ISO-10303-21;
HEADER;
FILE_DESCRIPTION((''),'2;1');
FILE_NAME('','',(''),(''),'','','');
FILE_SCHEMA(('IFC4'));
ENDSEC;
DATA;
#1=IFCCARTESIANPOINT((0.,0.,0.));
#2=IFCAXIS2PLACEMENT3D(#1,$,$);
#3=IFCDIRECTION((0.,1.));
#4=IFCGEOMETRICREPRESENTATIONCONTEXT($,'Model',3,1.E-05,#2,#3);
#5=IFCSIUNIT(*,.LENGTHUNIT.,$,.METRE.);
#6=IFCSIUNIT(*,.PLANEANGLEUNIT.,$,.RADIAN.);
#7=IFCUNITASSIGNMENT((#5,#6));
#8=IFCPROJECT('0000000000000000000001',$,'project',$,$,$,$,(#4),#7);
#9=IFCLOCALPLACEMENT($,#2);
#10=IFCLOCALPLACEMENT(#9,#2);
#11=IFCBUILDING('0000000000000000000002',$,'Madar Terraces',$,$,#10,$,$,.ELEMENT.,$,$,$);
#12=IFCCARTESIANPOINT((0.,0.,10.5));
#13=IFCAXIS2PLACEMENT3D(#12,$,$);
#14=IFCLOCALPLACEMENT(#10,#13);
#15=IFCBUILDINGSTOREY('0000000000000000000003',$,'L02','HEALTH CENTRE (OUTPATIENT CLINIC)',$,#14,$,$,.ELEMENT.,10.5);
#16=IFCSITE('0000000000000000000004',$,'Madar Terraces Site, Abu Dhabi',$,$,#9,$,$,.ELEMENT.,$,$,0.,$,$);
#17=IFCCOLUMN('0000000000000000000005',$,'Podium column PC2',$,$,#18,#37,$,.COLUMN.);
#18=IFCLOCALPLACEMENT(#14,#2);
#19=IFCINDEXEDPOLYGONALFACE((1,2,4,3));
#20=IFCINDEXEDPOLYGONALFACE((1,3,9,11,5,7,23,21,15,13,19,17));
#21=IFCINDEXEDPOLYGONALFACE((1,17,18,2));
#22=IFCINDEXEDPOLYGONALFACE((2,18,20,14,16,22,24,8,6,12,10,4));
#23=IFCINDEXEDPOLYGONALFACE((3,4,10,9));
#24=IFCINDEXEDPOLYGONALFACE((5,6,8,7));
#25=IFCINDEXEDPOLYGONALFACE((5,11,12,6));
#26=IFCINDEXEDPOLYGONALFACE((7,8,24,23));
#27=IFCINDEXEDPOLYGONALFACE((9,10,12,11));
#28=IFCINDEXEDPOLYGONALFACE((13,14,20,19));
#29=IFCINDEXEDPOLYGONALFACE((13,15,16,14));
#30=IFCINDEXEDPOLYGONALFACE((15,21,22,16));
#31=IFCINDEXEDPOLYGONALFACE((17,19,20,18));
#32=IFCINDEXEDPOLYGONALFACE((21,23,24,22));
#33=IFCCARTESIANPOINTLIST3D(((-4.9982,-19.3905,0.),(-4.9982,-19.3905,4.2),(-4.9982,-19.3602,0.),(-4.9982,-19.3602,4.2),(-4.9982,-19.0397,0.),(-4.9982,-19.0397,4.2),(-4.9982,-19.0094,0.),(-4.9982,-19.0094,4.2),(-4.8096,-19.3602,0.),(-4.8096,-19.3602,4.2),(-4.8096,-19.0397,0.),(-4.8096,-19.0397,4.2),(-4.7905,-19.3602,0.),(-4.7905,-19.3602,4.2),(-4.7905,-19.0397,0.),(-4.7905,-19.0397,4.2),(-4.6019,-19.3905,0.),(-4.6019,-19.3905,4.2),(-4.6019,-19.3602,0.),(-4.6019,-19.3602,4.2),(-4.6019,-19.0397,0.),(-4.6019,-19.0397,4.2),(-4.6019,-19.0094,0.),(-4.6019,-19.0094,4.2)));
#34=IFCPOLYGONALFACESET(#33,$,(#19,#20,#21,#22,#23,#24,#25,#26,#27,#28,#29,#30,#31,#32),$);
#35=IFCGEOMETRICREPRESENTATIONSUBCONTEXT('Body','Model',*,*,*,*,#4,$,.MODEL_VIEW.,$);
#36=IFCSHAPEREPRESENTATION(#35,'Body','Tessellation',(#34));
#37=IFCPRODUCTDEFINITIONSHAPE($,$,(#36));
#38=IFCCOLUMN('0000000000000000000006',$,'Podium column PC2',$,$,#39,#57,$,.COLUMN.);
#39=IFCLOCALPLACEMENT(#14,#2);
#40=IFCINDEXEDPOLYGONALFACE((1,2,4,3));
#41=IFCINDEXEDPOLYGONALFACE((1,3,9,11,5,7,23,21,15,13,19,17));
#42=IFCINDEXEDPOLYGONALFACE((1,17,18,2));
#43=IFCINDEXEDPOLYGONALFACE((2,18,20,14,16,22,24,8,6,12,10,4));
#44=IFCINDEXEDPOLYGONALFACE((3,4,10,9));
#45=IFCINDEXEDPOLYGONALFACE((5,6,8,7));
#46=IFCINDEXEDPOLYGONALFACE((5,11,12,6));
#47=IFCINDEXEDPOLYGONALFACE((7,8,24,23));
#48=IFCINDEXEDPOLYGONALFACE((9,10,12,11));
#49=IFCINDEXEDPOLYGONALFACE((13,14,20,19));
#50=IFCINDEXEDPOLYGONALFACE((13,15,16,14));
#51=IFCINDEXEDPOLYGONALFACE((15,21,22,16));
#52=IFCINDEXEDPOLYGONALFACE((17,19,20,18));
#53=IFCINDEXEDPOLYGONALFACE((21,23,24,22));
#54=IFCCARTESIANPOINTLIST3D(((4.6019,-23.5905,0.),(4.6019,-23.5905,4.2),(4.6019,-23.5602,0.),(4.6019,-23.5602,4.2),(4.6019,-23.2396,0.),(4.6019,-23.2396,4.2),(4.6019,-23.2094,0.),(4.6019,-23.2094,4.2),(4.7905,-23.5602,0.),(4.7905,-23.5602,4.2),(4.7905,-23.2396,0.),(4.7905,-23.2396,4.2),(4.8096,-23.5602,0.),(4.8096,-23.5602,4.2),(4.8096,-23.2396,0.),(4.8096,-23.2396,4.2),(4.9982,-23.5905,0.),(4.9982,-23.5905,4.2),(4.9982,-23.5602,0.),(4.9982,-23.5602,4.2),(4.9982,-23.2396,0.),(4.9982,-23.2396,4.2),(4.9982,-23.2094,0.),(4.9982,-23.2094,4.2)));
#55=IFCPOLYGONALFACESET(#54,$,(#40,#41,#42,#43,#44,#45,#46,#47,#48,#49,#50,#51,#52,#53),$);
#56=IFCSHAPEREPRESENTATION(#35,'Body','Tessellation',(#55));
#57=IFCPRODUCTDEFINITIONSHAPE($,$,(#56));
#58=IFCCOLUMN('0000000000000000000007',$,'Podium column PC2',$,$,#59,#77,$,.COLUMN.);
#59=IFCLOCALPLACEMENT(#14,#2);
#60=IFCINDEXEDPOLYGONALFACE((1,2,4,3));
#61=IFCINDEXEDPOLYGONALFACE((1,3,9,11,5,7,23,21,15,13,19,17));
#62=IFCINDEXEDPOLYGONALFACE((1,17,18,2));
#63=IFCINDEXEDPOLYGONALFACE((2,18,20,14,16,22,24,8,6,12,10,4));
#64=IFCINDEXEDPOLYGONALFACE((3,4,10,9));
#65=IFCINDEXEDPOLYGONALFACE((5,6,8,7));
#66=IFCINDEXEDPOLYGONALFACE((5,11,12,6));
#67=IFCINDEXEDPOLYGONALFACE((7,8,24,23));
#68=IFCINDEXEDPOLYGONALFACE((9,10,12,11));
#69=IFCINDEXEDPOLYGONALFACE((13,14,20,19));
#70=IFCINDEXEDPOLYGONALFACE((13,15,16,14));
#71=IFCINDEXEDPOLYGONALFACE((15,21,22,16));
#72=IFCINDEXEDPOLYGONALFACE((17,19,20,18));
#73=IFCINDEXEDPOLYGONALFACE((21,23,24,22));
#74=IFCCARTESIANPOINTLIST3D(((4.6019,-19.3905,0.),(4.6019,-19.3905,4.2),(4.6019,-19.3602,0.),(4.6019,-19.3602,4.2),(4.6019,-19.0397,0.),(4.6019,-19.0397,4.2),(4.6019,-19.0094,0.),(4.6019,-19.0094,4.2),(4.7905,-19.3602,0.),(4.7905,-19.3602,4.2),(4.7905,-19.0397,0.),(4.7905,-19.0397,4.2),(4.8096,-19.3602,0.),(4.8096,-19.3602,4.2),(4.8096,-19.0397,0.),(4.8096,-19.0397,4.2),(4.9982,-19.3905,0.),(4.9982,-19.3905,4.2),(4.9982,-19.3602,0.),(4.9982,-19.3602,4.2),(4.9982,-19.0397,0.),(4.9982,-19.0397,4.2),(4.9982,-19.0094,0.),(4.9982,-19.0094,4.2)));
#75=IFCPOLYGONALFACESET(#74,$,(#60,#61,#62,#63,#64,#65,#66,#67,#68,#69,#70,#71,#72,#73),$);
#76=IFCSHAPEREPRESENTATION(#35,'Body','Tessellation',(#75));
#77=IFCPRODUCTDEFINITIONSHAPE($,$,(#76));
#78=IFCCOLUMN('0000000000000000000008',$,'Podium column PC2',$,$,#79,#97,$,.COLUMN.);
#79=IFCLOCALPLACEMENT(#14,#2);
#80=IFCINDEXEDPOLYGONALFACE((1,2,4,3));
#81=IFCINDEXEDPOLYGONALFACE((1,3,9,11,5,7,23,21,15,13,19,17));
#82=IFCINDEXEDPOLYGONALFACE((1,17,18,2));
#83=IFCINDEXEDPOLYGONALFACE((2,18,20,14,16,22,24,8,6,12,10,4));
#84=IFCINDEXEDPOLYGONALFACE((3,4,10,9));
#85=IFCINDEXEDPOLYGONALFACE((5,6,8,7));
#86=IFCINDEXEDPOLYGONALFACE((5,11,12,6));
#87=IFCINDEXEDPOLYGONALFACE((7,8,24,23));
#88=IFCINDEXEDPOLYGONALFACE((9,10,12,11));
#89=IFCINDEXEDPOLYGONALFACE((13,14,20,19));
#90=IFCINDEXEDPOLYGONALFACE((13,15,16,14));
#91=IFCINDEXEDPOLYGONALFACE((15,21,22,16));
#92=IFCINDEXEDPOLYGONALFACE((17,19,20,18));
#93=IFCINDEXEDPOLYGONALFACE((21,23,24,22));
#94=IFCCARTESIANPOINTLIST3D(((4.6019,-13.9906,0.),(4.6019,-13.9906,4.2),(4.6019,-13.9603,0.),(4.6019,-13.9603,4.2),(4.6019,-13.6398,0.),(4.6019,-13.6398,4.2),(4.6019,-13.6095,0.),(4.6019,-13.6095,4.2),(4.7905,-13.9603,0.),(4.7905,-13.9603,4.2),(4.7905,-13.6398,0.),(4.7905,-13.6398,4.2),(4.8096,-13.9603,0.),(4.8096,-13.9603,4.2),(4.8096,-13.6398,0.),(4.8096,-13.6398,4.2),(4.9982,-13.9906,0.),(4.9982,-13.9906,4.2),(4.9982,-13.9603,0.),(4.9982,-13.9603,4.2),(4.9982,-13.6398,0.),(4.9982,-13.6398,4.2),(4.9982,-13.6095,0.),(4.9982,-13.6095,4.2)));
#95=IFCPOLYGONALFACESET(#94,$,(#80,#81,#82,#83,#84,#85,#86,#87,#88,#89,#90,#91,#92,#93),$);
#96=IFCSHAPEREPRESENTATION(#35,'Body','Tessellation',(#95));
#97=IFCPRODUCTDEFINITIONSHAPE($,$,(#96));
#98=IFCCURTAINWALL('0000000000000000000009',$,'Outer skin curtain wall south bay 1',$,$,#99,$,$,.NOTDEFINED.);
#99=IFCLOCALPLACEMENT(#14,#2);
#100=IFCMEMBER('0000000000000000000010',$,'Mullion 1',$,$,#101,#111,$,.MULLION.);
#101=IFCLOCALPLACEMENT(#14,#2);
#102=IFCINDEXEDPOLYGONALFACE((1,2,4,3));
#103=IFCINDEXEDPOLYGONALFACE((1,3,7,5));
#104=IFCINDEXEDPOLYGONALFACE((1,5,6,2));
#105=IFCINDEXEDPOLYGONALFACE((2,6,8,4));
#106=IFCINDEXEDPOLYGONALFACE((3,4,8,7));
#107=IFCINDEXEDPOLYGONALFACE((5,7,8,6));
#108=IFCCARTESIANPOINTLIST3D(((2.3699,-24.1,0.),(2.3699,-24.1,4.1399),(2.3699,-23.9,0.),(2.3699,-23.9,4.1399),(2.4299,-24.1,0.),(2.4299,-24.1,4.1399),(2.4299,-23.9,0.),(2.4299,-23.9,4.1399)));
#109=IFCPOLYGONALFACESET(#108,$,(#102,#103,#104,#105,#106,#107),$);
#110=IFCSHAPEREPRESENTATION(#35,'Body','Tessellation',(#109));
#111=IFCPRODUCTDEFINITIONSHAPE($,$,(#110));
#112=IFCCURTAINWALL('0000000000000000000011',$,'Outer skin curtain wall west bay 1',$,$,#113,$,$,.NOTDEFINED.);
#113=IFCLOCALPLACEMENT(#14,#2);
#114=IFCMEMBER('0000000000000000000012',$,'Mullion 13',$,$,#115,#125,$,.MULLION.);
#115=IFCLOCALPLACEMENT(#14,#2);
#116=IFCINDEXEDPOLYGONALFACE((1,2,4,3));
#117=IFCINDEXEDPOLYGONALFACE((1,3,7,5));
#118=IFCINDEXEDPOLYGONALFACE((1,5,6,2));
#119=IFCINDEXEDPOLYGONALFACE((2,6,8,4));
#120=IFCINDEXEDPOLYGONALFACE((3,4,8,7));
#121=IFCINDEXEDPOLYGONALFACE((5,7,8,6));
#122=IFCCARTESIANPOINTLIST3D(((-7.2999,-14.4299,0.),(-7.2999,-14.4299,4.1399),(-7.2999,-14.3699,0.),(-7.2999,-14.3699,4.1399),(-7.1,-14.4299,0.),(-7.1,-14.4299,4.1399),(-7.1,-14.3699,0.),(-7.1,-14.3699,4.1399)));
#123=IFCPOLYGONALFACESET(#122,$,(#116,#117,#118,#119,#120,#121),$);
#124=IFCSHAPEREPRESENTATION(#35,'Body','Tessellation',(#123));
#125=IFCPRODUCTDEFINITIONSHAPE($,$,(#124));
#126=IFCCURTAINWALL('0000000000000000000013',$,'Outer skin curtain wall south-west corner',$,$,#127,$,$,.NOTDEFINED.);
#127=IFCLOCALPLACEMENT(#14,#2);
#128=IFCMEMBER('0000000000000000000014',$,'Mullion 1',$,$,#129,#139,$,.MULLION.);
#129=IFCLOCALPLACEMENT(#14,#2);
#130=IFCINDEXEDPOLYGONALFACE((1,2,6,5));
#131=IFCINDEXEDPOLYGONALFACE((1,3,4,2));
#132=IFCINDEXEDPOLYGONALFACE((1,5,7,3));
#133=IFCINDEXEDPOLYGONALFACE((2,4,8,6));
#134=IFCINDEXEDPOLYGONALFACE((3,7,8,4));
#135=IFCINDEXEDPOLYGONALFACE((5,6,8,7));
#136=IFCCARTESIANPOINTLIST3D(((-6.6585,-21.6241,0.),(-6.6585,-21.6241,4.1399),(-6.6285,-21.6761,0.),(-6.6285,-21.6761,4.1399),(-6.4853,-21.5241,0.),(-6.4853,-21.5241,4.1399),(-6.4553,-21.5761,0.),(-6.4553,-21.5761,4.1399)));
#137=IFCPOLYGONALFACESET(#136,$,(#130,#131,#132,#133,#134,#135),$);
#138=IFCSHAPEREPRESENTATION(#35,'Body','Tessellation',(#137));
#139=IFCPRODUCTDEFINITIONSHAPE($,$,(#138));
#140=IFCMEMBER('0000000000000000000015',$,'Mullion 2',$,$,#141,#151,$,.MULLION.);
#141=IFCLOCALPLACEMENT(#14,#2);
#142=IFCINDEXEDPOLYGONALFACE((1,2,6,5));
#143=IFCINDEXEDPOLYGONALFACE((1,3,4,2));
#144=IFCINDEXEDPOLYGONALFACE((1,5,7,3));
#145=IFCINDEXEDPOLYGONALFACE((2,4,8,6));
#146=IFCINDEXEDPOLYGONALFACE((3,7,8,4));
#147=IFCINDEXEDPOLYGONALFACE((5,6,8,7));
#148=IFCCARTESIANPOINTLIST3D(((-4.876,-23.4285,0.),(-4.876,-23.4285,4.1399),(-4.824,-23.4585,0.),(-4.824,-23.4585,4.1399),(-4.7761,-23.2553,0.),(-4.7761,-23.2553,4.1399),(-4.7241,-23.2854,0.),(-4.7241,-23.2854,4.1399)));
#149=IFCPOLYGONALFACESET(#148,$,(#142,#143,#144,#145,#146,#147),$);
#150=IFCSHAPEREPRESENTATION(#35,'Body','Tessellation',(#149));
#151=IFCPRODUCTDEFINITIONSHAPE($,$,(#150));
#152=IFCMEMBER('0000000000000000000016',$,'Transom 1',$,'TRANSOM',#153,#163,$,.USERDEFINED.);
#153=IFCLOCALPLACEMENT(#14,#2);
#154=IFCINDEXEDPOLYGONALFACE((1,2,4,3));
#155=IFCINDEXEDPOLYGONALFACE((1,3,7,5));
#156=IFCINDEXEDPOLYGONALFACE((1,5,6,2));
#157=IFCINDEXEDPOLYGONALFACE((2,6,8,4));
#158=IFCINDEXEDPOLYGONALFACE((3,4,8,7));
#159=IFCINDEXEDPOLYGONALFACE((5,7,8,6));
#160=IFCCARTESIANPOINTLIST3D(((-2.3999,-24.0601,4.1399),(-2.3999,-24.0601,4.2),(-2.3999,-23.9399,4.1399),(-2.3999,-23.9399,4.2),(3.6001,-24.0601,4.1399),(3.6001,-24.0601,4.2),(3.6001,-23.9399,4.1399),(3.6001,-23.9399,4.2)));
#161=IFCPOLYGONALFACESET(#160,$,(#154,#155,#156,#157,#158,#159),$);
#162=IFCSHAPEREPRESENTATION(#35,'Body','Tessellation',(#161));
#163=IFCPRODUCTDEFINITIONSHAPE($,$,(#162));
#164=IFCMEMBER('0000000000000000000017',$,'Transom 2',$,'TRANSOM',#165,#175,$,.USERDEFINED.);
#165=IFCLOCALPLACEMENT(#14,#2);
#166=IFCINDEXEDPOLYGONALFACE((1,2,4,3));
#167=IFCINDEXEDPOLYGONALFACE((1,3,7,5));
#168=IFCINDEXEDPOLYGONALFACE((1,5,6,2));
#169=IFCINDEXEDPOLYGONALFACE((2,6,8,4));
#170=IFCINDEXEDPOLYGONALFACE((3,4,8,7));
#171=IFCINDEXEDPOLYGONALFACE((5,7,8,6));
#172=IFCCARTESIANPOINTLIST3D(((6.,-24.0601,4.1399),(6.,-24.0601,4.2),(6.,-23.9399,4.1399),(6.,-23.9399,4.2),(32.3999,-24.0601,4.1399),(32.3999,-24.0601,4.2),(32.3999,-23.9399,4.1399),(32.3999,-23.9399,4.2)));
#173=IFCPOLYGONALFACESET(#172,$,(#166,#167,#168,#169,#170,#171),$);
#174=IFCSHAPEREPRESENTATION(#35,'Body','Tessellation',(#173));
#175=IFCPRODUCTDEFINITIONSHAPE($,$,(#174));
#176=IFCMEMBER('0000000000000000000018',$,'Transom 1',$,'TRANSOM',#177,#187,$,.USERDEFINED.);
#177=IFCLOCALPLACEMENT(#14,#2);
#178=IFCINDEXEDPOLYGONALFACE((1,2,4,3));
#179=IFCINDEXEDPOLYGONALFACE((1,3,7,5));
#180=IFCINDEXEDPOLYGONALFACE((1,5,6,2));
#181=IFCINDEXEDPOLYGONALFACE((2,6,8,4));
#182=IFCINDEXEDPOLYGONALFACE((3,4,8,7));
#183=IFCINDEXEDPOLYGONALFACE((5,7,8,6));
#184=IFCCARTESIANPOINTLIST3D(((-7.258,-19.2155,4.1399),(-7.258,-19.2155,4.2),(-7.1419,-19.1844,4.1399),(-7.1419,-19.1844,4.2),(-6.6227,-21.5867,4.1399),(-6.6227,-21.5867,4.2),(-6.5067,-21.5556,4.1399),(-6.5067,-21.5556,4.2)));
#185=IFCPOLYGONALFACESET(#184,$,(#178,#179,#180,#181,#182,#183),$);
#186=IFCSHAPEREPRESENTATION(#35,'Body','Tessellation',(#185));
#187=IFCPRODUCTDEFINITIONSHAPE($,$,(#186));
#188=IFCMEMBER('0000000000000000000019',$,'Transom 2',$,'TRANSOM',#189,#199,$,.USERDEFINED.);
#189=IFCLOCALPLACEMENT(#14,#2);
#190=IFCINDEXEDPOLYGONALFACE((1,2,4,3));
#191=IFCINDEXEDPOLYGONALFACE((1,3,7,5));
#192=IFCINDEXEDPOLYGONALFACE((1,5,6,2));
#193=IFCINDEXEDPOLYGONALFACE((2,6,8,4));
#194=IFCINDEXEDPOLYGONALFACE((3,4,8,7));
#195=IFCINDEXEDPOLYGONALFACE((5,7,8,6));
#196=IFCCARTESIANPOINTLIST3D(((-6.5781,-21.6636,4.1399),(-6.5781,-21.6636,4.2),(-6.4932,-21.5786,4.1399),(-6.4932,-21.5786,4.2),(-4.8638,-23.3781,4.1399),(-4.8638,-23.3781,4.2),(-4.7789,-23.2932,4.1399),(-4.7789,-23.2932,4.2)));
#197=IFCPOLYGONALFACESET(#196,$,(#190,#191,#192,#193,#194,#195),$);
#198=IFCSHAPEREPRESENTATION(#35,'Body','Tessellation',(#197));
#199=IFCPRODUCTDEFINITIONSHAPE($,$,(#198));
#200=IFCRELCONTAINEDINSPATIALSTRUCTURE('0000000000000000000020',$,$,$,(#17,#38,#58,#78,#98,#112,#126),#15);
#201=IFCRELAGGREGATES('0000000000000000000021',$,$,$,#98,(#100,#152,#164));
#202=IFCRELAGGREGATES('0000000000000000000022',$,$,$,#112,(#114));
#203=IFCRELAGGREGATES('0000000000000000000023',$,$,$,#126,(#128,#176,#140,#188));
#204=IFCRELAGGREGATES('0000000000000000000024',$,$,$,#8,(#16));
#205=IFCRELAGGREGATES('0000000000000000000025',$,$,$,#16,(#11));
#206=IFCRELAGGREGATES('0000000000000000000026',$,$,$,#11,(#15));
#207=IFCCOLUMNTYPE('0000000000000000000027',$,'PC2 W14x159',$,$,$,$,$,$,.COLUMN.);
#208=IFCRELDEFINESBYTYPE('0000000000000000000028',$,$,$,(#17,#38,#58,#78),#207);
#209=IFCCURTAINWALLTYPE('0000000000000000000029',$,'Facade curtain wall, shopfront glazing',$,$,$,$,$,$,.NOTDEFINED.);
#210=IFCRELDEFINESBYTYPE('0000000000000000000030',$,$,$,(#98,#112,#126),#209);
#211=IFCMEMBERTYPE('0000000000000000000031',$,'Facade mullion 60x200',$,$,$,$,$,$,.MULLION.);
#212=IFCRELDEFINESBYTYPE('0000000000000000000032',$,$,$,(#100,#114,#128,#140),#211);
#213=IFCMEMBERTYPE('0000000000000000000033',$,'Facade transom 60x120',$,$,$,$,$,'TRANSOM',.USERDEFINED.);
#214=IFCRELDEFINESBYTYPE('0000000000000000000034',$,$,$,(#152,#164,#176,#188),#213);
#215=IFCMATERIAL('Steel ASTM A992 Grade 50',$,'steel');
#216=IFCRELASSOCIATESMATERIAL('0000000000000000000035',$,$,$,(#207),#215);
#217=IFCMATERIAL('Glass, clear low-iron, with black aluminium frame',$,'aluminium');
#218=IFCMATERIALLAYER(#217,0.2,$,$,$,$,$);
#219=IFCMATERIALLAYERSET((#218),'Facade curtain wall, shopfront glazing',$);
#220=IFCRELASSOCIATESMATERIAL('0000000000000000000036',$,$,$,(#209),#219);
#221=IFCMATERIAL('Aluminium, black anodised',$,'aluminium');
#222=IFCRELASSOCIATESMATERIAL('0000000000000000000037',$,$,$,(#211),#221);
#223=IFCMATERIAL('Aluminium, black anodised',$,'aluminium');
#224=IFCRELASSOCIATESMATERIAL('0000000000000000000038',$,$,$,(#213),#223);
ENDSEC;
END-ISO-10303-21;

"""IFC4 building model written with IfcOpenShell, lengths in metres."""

from ifc_helpers import new_model, si_unit, direction, frame, origin, origin_2d, place, context, subcontext, project, spatial, rectangle, i_section, extrude, material, layer, layer_set, material_profile, profile_set, type_object, element, aggregate, save


model = new_model("IFC4")

# Units and contexts
model_context = context("Model", 3, precision=1e-05, world=origin(), true_north=direction((0.0, 1.0)))
body_context = subcontext(model_context, "Body", "Model", "MODEL_VIEW")
ifc_project = project(units=[si_unit("LENGTHUNIT", "METRE"), si_unit("PLANEANGLEUNIT", "RADIAN")], contexts=[model_context])

# Site, building, storey
site_placement = place(None, origin())
site = spatial("IfcSite", under=ifc_project, at=site_placement, Name="Madar Terraces Site, Abu Dhabi", CompositionType="ELEMENT", RefElevation=0.0)
building_placement = place(site_placement, origin())
building = spatial("IfcBuilding", under=site, at=building_placement, Name="Madar Terraces", CompositionType="ELEMENT")
storey_placement = place(building_placement, frame((0.0, 0.0, 10.5)))
storey = spatial("IfcBuildingStorey", under=building, at=storey_placement, Name="L02", Description="HEALTH CENTRE (OUTPATIENT CLINIC)", CompositionType="ELEMENT", Elevation=10.5)

# Columns
ifc_material_1 = material(Name="Steel ASTM A992 Grade 50", Category="steel")
ifc_material_profile_1 = material_profile(ifc_material_1, i_section(OverallWidth=0.3962, OverallDepth=0.3811, WebThickness=0.019, FlangeThickness=0.0303, at=origin_2d()), Name="W14x159")
ifc_profile_set_1 = profile_set([ifc_material_profile_1], Name="Steel ASTM A992 Grade 50")
column_type = type_object("IfcColumnType", Name="PC2 W14x159", PredefinedType="COLUMN", material=ifc_profile_set_1)
for number, where, z_axis, x_axis, name in (
    (1, (-4.8, -19.2, 0.0), (0.0, 0.0, 1.0), (1.0, 0.0, 0.0), "Podium column PC2"),
    (2, (4.8, -23.3999, 0.0), (0.0, 0.0, 1.0), (1.0, 0.0, 0.0), "Podium column PC2"),
    (3, (4.8, -19.2, 0.0), (0.0, 0.0, 1.0), (1.0, 0.0, 0.0), "Podium column PC2"),
    (4, (4.8, -13.8, 0.0), (0.0, 0.0, 1.0), (1.0, 0.0, 0.0), "Podium column PC2"),
):
    element("IfcColumn", number, at=place(storey_placement, frame(where, z_axis=z_axis, x_axis=x_axis)), inside=storey, type_object=column_type, Name=name, PredefinedType="COLUMN", context=body_context, shape_type="SweptSolid", body=[
        extrude(i_section(OverallWidth=0.3962, OverallDepth=0.3811, WebThickness=0.019, FlangeThickness=0.0303, at=origin_2d()), origin(), (0.0, 0.0, 1.0), 4.2),
    ])

# Curtain walls, members
ifc_material_2 = material(Name="Glass, clear low-iron, with black aluminium frame", Category="aluminium")
ifc_layer_1 = layer(ifc_material_2, 0.2)
ifc_layer_set_1 = layer_set([ifc_layer_1], Name="Facade curtain wall, shopfront glazing")
curtain_wall_type = type_object("IfcCurtainWallType", Name="Facade curtain wall, shopfront glazing", PredefinedType="NOTDEFINED", material=ifc_layer_set_1)
curtain_wall_1_placement = place(storey_placement, origin())
curtain_wall_1 = element("IfcCurtainWall", 5, at=curtain_wall_1_placement, inside=storey, type_object=curtain_wall_type, Name="Outer skin curtain wall south bay 1", PredefinedType="NOTDEFINED")
ifc_material_3 = material(Name="Aluminium, black anodised", Category="aluminium")
ifc_material_profile_2 = material_profile(ifc_material_3, rectangle(XDim=0.2, YDim=0.0601, at=origin_2d()), Name="Facade mullion 60x200")
ifc_profile_set_2 = profile_set([ifc_material_profile_2], Name="Aluminium, black anodised")
member_type_1 = type_object("IfcMemberType", Name="Facade mullion 60x200", PredefinedType="MULLION", material=ifc_profile_set_2)
member_1_placement = place(storey_placement, frame((2.3999, -24.0, 0.0), z_axis=(0.0, 0.0, 1.0), x_axis=(0.0, 1.0, 0.0)))
member_1 = element("IfcMember", 6, at=member_1_placement, type_object=member_type_1, Name="Mullion 1", PredefinedType="MULLION", context=body_context, shape_type="SweptSolid", body=[
    extrude(rectangle(XDim=0.2, YDim=0.0601, at=origin_2d()), origin(), (0.0, 0.0, 1.0), 4.1399),
])
curtain_wall_2_placement = place(storey_placement, origin())
curtain_wall_2 = element("IfcCurtainWall", 7, at=curtain_wall_2_placement, inside=storey, type_object=curtain_wall_type, Name="Outer skin curtain wall west bay 1", PredefinedType="NOTDEFINED")
member_2_placement = place(storey_placement, frame((-7.2, -14.3999, 0.0), z_axis=(0.0, 0.0, 1.0), x_axis=(1.0, 0.0, 0.0)))
member_2 = element("IfcMember", 8, at=member_2_placement, type_object=member_type_1, Name="Mullion 13", PredefinedType="MULLION", context=body_context, shape_type="SweptSolid", body=[
    extrude(rectangle(XDim=0.2, YDim=0.0601, at=origin_2d()), origin(), (0.0, 0.0, 1.0), 4.1399),
])

# Curtain wall, members
curtain_wall_3_placement = place(storey_placement, origin())
curtain_wall_3 = element("IfcCurtainWall", 9, at=curtain_wall_3_placement, inside=storey, type_object=curtain_wall_type, Name="Outer skin curtain wall south-west corner", PredefinedType="NOTDEFINED")
member_3_placement = place(storey_placement, frame((-6.5569, -21.6001, 0.0), z_axis=(0.0, 0.0, 1.0), x_axis=(0.866025, 0.5, 0.0)))
member_3 = element("IfcMember", 10, at=member_3_placement, type_object=member_type_1, Name="Mullion 1", PredefinedType="MULLION", context=body_context, shape_type="SweptSolid", body=[
    extrude(rectangle(XDim=0.2, YDim=0.0601, at=origin_2d()), origin(), (0.0, 0.0, 1.0), 4.1399),
])
member_4_placement = place(storey_placement, frame((-4.8, -23.3569, 0.0), z_axis=(0.0, 0.0, 1.0), x_axis=(0.5, 0.866025, 0.0)))
member_4 = element("IfcMember", 11, at=member_4_placement, type_object=member_type_1, Name="Mullion 2", PredefinedType="MULLION", context=body_context, shape_type="SweptSolid", body=[
    extrude(rectangle(XDim=0.2, YDim=0.0601, at=origin_2d()), origin(), (0.0, 0.0, 1.0), 4.1399),
])

# Members
ifc_material_4 = material(Name="Aluminium, black anodised", Category="aluminium")
ifc_material_profile_3 = material_profile(ifc_material_4, rectangle(XDim=0.1201, YDim=0.0601, at=origin_2d()), Name="Facade transom 60x120")
ifc_profile_set_3 = profile_set([ifc_material_profile_3], Name="Aluminium, black anodised")
member_type_2 = type_object("IfcMemberType", Name="Facade transom 60x120", ElementType="TRANSOM", PredefinedType="USERDEFINED", material=ifc_profile_set_3)
member_5_placement = place(storey_placement, frame((-2.3999, -24.0, 4.1699), z_axis=(1.0, 0.0, 0.0), x_axis=(0.0, 1.0, 0.0)))
member_5 = element("IfcMember", 12, at=member_5_placement, type_object=member_type_2, Name="Transom 1", ObjectType="TRANSOM", PredefinedType="USERDEFINED", context=body_context, shape_type="SweptSolid", body=[
    extrude(rectangle(XDim=0.1201, YDim=0.0601, at=origin_2d()), origin(), (0.0, 0.0, 1.0), 6.0),
])
member_6_placement = place(storey_placement, frame((6.0, -24.0, 4.1699), z_axis=(1.0, 0.0, 0.0), x_axis=(0.0, 1.0, 0.0)))
member_6 = element("IfcMember", 13, at=member_6_placement, type_object=member_type_2, Name="Transom 2", ObjectType="TRANSOM", PredefinedType="USERDEFINED", context=body_context, shape_type="SweptSolid", body=[
    extrude(rectangle(XDim=0.1201, YDim=0.0601, at=origin_2d()), origin(), (0.0, 0.0, 1.0), 26.3999),
])
member_7_placement = place(storey_placement, frame((-7.2, -19.2, 4.1699), z_axis=(0.258789, -0.965934, 0.0), x_axis=(0.965934, 0.258789, 0.0)))
member_7 = element("IfcMember", 14, at=member_7_placement, type_object=member_type_2, Name="Transom 1", ObjectType="TRANSOM", PredefinedType="USERDEFINED", context=body_context, shape_type="SweptSolid", body=[
    extrude(rectangle(XDim=0.1201, YDim=0.0601, at=origin_2d()), origin(), (0.0, 0.0, 1.0), 2.4548),
])
member_8_placement = place(storey_placement, frame((-6.5356, -21.6211, 4.1699), z_axis=(0.707056, -0.707157, 0.0), x_axis=(0.707157, 0.707056, 0.0)))
member_8 = element("IfcMember", 15, at=member_8_placement, type_object=member_type_2, Name="Transom 2", ObjectType="TRANSOM", PredefinedType="USERDEFINED", context=body_context, shape_type="SweptSolid", body=[
    extrude(rectangle(XDim=0.1201, YDim=0.0601, at=origin_2d()), origin(), (0.0, 0.0, 1.0), 2.4246),
])

aggregate(curtain_wall_1, [member_1, member_5, member_6])
aggregate(curtain_wall_2, [member_2])
aggregate(curtain_wall_3, [member_3, member_7, member_4, member_8])

save(model, "model.ifc")
